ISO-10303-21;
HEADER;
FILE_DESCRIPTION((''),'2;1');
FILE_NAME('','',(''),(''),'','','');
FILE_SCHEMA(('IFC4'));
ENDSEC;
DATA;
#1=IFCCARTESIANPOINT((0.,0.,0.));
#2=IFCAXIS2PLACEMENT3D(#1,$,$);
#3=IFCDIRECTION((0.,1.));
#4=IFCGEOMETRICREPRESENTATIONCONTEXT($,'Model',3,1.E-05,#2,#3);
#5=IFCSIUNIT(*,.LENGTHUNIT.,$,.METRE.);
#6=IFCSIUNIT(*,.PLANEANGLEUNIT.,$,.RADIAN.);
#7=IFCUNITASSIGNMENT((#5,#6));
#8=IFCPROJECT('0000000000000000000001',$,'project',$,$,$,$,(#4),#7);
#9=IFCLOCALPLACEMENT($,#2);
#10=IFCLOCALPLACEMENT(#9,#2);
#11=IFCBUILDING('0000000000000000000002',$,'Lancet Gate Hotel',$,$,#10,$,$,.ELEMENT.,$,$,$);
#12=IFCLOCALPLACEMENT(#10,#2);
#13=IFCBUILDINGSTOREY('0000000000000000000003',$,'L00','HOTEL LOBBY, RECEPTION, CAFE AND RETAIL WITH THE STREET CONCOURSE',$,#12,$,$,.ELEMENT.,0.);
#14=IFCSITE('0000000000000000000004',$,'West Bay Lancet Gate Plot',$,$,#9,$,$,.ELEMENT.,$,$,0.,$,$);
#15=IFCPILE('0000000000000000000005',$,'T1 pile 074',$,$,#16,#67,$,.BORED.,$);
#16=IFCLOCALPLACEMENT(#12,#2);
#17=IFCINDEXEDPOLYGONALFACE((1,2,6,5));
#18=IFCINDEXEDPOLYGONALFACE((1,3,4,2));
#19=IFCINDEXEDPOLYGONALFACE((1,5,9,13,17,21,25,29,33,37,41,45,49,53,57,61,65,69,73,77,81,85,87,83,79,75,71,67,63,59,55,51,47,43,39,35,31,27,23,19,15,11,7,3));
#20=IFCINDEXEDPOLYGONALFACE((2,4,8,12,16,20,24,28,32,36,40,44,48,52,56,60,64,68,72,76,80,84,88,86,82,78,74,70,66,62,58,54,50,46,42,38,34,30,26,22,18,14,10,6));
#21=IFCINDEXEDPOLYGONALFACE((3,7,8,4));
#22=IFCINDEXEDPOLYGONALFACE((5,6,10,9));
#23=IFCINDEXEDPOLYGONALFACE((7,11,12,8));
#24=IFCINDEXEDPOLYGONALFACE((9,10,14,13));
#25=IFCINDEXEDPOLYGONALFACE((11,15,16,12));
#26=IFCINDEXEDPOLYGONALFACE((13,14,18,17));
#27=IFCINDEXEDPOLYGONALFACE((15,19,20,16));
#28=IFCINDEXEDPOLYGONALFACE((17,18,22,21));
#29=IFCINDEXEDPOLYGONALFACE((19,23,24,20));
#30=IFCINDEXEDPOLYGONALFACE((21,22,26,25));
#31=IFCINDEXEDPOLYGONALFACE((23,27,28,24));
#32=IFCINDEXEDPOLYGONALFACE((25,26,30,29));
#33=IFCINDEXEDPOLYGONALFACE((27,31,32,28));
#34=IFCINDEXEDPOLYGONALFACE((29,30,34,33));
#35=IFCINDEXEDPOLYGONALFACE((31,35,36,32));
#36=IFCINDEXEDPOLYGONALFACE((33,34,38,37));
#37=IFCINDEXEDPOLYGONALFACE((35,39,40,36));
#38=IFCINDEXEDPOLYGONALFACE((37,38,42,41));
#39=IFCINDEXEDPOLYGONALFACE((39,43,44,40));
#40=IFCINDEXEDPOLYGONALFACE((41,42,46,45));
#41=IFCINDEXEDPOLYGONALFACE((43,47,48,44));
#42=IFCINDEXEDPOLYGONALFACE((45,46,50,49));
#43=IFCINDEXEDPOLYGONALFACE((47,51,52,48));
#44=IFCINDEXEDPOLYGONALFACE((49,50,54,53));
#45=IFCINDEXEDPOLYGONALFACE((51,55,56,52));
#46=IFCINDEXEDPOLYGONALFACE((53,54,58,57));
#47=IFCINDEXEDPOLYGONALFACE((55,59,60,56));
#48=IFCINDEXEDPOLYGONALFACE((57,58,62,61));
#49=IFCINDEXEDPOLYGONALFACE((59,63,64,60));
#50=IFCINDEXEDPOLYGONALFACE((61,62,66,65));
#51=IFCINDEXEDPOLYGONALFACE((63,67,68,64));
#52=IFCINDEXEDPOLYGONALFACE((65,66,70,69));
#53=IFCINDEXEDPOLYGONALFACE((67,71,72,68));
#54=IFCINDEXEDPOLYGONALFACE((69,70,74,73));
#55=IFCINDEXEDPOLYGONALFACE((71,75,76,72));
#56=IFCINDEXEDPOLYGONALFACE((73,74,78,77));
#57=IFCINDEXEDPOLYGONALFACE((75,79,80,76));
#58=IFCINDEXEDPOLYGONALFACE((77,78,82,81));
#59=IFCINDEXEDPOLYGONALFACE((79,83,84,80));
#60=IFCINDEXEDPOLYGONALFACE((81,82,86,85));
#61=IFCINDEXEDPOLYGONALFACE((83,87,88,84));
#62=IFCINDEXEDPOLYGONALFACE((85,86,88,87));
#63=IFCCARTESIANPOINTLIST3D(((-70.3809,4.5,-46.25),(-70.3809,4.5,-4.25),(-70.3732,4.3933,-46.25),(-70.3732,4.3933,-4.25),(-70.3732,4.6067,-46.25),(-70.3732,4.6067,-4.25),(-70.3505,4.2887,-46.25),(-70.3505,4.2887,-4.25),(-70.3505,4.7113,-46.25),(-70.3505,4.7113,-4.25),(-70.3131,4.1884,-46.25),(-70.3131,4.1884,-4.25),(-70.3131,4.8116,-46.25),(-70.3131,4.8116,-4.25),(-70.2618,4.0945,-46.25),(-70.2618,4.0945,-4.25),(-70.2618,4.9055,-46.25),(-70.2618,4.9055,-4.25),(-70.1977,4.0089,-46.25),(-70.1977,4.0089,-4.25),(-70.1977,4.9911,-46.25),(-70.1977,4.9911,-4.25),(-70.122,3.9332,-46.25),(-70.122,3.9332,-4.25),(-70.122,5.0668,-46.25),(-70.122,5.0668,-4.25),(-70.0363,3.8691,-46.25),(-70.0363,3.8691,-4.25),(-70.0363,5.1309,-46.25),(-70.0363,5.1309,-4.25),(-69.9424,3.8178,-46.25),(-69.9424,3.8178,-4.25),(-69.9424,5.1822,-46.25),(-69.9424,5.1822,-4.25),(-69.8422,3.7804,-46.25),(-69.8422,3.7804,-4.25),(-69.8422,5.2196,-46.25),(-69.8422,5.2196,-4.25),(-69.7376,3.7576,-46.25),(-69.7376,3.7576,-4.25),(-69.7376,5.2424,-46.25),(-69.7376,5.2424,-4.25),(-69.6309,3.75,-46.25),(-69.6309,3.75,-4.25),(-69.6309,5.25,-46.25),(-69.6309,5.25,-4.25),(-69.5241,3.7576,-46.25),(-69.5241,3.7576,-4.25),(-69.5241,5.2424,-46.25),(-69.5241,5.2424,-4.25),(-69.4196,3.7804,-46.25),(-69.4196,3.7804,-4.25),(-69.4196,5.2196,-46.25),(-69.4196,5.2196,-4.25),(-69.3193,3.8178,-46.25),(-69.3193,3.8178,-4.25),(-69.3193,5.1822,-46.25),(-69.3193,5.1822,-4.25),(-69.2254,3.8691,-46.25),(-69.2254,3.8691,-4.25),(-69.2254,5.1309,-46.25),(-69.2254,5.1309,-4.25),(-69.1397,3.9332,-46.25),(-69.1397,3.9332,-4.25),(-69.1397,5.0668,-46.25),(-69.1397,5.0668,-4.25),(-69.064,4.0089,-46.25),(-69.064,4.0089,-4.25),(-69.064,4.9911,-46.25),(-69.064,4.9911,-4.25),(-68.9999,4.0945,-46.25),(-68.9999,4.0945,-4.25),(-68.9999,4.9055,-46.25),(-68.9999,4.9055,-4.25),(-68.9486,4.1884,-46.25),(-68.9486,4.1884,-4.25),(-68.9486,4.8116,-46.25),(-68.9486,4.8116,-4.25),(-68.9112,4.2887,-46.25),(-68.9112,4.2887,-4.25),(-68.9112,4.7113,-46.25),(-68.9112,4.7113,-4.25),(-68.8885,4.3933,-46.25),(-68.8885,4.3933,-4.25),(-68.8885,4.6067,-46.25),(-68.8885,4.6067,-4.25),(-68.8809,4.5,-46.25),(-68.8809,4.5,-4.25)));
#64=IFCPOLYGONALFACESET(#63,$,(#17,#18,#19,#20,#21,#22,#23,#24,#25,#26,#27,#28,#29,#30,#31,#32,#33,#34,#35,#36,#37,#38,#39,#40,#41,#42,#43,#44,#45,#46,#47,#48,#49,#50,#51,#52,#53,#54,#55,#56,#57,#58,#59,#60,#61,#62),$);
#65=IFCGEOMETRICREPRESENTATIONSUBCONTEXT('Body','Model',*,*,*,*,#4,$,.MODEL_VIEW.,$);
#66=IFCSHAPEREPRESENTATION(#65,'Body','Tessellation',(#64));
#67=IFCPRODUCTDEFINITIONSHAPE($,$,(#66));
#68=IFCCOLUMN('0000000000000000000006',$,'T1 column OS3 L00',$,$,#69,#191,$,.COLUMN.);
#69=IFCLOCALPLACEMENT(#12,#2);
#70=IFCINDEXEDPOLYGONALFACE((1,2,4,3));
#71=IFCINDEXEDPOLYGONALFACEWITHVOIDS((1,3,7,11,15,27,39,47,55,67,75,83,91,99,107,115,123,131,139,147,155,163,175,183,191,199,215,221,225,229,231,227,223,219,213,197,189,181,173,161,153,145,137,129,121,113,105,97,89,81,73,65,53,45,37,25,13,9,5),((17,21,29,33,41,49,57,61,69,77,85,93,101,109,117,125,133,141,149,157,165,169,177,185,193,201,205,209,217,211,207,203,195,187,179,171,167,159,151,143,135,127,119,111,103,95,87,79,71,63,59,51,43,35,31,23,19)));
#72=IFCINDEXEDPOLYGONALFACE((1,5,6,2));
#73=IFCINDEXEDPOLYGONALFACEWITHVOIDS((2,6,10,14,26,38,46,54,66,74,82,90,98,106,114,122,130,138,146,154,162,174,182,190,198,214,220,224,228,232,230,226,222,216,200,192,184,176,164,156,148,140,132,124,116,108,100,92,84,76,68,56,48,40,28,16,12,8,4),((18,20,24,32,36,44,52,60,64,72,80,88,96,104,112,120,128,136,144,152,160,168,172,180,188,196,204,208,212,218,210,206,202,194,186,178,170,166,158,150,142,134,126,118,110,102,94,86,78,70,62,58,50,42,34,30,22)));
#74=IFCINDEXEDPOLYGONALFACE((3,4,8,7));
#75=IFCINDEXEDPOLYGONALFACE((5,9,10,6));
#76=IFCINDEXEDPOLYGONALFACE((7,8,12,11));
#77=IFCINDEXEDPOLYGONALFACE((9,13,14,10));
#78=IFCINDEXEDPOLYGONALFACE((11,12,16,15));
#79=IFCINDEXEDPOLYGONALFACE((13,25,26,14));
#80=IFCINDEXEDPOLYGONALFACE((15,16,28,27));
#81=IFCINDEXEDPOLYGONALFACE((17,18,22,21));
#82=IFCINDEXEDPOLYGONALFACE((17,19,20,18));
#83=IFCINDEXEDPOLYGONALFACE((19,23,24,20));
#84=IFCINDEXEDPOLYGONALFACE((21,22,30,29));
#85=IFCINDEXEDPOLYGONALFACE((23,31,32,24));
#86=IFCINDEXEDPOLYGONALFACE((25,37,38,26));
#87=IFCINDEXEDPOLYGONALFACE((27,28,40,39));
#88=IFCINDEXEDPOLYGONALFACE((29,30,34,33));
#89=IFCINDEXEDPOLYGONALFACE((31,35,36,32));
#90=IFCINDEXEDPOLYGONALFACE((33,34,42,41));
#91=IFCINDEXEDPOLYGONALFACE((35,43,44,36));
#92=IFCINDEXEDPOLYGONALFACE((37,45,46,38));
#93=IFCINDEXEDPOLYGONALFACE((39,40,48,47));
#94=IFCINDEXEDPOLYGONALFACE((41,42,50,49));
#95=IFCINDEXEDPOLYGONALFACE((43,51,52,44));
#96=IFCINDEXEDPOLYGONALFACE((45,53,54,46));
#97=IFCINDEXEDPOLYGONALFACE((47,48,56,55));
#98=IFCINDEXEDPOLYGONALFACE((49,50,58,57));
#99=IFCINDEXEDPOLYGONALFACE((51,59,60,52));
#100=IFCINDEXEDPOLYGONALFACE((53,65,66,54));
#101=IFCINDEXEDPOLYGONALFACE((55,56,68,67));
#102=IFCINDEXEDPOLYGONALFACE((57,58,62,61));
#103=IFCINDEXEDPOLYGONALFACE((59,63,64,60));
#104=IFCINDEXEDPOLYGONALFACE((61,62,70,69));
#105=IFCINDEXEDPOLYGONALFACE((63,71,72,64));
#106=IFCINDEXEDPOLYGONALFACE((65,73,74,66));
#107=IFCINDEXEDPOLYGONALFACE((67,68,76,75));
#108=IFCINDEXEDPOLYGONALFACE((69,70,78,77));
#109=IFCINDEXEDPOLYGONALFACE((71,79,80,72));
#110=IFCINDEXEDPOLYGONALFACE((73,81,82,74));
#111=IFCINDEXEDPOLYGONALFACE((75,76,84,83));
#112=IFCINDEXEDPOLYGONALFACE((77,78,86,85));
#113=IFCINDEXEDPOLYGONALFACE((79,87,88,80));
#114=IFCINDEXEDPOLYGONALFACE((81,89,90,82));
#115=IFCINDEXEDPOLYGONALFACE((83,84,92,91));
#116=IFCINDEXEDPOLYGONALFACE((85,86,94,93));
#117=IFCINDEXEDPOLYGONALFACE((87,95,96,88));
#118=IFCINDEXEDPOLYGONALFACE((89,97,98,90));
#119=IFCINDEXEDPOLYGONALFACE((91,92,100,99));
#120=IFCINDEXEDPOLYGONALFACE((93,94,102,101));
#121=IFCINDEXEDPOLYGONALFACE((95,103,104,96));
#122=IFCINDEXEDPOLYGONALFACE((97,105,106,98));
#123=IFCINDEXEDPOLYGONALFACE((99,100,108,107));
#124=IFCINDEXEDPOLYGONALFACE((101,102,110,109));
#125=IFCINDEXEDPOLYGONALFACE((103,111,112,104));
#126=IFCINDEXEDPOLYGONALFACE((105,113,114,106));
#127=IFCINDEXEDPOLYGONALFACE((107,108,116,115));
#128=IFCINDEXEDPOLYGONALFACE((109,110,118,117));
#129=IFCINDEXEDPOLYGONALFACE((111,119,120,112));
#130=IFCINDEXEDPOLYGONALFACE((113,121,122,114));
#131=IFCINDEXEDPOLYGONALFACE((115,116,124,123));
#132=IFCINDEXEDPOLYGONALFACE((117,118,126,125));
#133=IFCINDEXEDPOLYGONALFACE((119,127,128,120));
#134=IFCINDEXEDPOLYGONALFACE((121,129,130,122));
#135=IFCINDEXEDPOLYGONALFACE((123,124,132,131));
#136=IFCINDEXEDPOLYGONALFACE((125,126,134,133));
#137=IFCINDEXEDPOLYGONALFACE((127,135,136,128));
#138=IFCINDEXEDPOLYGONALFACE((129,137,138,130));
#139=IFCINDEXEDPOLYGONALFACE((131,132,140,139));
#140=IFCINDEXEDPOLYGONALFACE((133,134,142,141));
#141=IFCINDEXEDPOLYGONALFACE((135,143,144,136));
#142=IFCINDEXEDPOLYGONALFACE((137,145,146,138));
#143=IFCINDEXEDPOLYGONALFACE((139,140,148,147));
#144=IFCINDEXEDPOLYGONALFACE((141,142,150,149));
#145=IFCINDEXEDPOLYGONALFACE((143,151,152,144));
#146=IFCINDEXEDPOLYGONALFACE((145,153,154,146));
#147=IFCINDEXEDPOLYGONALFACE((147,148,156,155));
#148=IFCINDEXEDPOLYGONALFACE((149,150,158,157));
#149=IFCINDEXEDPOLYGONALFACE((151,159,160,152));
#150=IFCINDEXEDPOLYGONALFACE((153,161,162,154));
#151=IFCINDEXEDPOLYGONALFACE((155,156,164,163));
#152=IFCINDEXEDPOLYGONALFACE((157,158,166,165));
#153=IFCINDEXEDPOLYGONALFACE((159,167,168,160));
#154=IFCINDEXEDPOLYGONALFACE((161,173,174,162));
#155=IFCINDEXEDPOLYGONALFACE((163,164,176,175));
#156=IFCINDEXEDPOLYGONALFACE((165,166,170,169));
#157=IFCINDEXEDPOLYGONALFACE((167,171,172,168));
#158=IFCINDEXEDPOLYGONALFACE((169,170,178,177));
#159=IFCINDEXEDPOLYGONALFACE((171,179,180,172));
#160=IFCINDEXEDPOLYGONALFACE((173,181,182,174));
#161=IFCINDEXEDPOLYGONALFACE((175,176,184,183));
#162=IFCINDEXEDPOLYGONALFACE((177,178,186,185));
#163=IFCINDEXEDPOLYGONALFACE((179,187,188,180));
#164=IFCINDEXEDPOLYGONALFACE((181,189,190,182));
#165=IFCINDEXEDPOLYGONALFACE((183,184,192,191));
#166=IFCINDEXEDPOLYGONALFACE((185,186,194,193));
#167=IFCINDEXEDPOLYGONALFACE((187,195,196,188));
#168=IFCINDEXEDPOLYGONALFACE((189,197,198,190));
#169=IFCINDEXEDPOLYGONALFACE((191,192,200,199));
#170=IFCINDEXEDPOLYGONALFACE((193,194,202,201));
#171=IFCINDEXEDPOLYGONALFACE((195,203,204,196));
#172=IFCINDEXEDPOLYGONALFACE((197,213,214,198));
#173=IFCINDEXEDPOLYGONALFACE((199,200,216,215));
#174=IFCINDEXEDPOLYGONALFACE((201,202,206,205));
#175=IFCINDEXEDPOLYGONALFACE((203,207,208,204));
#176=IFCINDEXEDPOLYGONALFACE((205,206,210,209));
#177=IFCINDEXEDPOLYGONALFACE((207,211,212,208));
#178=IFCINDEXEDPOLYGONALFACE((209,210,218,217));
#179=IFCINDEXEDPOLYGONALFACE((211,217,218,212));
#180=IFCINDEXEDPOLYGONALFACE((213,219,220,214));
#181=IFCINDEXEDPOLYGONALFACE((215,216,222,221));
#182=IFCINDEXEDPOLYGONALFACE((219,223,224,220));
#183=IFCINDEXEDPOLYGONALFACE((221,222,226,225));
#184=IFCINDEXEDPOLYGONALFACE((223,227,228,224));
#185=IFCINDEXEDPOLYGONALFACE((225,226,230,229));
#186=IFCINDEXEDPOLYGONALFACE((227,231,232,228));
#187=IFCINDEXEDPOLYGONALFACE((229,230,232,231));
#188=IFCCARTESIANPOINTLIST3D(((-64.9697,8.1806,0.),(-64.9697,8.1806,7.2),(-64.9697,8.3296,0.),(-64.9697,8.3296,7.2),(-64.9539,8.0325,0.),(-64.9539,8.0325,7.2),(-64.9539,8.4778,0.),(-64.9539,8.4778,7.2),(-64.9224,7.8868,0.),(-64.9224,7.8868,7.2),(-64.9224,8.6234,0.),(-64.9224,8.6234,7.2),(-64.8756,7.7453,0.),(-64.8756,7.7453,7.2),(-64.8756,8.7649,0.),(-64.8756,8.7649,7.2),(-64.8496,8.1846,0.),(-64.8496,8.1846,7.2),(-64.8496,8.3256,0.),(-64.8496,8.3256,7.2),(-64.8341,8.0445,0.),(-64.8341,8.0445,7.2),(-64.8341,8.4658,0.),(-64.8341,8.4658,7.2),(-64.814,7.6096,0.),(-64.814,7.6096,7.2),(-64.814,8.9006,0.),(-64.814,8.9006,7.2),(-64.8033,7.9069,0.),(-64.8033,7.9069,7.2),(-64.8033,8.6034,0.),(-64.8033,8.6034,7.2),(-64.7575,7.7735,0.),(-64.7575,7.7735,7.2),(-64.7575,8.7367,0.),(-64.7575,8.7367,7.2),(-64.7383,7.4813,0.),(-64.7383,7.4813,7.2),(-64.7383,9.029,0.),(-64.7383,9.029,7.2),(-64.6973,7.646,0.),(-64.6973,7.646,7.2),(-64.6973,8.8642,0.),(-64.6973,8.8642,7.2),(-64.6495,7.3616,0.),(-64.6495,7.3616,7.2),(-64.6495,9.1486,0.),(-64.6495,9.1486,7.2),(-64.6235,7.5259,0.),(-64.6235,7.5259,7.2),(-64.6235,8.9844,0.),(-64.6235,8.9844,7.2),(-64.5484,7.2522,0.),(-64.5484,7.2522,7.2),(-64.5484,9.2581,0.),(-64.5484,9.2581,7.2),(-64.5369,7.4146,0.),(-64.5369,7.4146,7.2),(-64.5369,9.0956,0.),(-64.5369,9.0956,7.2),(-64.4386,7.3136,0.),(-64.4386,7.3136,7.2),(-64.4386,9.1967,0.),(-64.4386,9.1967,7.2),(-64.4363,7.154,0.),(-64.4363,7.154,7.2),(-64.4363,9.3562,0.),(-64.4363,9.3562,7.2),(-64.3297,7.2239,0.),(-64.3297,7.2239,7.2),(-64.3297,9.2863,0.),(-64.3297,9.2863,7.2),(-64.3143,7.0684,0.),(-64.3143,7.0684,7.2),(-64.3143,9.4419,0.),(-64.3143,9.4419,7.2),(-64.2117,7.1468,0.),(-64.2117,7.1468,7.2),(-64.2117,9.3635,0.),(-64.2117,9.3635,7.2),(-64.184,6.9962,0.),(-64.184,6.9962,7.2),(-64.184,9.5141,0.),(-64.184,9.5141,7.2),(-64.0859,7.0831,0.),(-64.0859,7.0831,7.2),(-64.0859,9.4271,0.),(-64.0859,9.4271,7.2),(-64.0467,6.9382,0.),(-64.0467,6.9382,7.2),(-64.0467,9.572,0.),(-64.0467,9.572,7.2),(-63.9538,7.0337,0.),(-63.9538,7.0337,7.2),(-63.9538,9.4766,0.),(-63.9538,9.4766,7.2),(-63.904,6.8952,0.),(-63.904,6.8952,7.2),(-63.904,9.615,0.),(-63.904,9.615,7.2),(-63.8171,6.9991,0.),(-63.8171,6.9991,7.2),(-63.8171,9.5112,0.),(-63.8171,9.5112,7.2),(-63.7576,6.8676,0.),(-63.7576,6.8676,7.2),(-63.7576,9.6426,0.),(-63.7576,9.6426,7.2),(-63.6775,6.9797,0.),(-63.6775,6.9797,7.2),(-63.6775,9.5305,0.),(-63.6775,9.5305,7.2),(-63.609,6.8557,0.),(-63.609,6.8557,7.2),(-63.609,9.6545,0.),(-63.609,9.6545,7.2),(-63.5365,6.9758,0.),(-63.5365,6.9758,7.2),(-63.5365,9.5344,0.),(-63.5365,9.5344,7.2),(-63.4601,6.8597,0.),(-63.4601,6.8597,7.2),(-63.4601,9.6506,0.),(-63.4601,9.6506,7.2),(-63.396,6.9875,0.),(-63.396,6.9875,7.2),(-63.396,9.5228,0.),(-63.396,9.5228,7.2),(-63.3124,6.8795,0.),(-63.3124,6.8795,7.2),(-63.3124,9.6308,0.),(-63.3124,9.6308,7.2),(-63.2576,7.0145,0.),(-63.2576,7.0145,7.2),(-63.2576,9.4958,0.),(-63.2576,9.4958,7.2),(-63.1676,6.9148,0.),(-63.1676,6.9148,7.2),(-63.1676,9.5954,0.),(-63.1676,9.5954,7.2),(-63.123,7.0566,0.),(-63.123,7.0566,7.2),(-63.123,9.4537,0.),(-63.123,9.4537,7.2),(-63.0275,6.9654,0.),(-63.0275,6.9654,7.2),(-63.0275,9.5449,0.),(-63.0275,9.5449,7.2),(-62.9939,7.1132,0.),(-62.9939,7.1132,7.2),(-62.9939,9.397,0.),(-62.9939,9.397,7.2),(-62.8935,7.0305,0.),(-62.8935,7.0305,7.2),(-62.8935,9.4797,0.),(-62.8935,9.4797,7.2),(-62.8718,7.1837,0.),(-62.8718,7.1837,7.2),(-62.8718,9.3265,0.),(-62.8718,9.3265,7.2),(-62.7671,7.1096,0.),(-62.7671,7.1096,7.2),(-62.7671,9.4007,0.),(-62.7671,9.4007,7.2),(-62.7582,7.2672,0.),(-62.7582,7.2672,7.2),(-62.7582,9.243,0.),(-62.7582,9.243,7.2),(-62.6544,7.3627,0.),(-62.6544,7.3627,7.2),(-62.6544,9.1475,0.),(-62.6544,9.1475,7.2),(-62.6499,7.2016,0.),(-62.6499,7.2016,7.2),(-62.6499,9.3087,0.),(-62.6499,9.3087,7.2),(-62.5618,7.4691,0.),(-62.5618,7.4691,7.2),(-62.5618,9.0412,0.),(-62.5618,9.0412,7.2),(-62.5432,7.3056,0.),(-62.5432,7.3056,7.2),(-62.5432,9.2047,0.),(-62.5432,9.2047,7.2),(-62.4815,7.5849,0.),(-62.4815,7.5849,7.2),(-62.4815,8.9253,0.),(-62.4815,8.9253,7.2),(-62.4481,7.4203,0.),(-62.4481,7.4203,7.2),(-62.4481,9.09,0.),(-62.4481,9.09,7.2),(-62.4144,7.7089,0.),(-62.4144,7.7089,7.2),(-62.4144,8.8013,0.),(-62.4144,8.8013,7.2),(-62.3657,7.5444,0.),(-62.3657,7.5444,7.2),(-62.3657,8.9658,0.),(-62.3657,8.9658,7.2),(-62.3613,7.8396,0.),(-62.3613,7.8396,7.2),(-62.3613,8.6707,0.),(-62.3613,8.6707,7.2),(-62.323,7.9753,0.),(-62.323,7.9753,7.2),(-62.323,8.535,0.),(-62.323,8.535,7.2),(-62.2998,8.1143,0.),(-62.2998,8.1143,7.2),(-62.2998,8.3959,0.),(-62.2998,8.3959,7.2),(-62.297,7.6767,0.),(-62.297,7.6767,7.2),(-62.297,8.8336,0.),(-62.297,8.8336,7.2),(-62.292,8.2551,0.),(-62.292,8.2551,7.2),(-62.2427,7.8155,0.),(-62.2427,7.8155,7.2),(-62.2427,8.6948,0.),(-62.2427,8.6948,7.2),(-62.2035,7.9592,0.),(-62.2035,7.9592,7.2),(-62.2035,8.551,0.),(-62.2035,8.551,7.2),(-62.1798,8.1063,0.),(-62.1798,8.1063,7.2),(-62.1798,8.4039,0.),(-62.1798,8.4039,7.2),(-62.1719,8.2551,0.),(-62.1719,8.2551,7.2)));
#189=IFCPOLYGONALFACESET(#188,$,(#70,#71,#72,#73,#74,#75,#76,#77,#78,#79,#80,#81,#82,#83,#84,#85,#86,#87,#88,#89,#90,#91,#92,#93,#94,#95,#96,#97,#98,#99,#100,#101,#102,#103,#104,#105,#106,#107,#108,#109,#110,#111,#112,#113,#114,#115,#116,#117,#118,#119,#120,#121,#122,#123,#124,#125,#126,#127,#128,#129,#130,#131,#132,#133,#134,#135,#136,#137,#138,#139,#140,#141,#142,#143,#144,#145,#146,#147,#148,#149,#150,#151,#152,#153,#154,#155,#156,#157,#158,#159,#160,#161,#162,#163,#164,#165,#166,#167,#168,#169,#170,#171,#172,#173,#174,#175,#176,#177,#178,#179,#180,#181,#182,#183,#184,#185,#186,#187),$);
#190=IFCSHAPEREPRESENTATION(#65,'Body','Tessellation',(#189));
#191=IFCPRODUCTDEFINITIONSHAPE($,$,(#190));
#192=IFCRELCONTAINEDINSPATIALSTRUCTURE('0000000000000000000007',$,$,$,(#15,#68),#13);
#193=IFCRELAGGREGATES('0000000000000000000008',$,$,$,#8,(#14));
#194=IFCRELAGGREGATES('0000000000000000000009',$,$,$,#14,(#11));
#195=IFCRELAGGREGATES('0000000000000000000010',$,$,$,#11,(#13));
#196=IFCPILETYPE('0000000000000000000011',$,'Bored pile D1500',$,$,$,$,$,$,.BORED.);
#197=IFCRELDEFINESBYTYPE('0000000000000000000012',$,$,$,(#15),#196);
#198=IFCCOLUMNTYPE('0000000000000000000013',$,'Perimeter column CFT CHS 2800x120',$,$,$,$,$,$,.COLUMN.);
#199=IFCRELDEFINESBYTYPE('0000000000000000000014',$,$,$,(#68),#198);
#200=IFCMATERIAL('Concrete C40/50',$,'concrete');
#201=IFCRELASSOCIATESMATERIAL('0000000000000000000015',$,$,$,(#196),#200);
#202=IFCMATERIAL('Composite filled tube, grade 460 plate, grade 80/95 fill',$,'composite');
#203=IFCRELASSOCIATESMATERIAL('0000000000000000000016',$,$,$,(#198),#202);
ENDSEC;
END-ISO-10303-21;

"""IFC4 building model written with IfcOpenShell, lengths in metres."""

from ifc_helpers import new_model, si_unit, direction, frame, origin, origin_2d, place, context, subcontext, project, spatial, circle, hollow_circle, extrude, material, material_profile, profile_set, type_object, element, save


model = new_model("IFC4")

# Units and contexts
model_context = context("Model", 3, precision=1e-05, world=origin(), true_north=direction((0.0, 1.0)))
body_context = subcontext(model_context, "Body", "Model", "MODEL_VIEW")
ifc_project = project(units=[si_unit("LENGTHUNIT", "METRE"), si_unit("PLANEANGLEUNIT", "RADIAN")], contexts=[model_context])

# Site, building, storey
site_placement = place(None, origin())
site = spatial("IfcSite", under=ifc_project, at=site_placement, Name="West Bay Lancet Gate Plot", CompositionType="ELEMENT", RefElevation=0.0)
building_placement = place(site_placement, origin())
building = spatial("IfcBuilding", under=site, at=building_placement, Name="Lancet Gate Hotel", CompositionType="ELEMENT")
storey_placement = place(building_placement, origin())
storey = spatial("IfcBuildingStorey", under=building, at=storey_placement, Name="L00", Description="HOTEL LOBBY, RECEPTION, CAFE AND RETAIL WITH THE STREET CONCOURSE", CompositionType="ELEMENT", Elevation=0.0)

# Pile
ifc_material_1 = material(Name="Concrete C40/50", Category="concrete")
ifc_material_profile_1 = material_profile(ifc_material_1, circle(Radius=0.75, at=origin_2d()), Name="PILE D1500")
ifc_profile_set_1 = profile_set([ifc_material_profile_1], Name="Concrete C40/50")
pile_type = type_object("IfcPileType", Name="Bored pile D1500", PredefinedType="BORED", material=ifc_profile_set_1)
for number, where, z_axis, x_axis, name in (
    (1, (-69.6309, 4.5, -4.25), (0.0, 0.0, -1.0), (1.0, 0.0, 0.0), "T1 pile 074"),
):
    element("IfcPile", number, at=place(storey_placement, frame(where, z_axis=z_axis, x_axis=x_axis)), inside=storey, type_object=pile_type, Name=name, PredefinedType="BORED", context=body_context, shape_type="SweptSolid", body=[
        extrude(circle(Radius=0.75, at=origin_2d()), origin(), (0.0, 0.0, 1.0), 42.0),
    ])

# Column
ifc_material_2 = material(Name="Composite filled tube, grade 460 plate, grade 80/95 fill", Category="composite")
ifc_material_profile_2 = material_profile(ifc_material_2, hollow_circle(Radius=1.3999, WallThickness=0.1201, at=origin_2d()), Name="CHS 2800x120")
ifc_profile_set_2 = profile_set([ifc_material_profile_2], Name="Composite filled tube, grade 460 plate, grade 80/95 fill")
column_type = type_object("IfcColumnType", Name="Perimeter column CFT CHS 2800x120", PredefinedType="COLUMN", material=ifc_profile_set_2)
column_placement = place(storey_placement, frame((-63.5718, 8.2551, 0.0), z_axis=(0.0, 0.0, 1.0), x_axis=(1.0, 0.0, 0.0)))
element("IfcColumn", 2, at=column_placement, inside=storey, type_object=column_type, Name="T1 column OS3 L00", PredefinedType="COLUMN", context=body_context, shape_type="SweptSolid", body=[
    extrude(hollow_circle(Radius=1.3999, WallThickness=0.1201, at=origin_2d()), origin(), (0.0, 0.0, 1.0), 7.2),
])

save(model, "model.ifc")
